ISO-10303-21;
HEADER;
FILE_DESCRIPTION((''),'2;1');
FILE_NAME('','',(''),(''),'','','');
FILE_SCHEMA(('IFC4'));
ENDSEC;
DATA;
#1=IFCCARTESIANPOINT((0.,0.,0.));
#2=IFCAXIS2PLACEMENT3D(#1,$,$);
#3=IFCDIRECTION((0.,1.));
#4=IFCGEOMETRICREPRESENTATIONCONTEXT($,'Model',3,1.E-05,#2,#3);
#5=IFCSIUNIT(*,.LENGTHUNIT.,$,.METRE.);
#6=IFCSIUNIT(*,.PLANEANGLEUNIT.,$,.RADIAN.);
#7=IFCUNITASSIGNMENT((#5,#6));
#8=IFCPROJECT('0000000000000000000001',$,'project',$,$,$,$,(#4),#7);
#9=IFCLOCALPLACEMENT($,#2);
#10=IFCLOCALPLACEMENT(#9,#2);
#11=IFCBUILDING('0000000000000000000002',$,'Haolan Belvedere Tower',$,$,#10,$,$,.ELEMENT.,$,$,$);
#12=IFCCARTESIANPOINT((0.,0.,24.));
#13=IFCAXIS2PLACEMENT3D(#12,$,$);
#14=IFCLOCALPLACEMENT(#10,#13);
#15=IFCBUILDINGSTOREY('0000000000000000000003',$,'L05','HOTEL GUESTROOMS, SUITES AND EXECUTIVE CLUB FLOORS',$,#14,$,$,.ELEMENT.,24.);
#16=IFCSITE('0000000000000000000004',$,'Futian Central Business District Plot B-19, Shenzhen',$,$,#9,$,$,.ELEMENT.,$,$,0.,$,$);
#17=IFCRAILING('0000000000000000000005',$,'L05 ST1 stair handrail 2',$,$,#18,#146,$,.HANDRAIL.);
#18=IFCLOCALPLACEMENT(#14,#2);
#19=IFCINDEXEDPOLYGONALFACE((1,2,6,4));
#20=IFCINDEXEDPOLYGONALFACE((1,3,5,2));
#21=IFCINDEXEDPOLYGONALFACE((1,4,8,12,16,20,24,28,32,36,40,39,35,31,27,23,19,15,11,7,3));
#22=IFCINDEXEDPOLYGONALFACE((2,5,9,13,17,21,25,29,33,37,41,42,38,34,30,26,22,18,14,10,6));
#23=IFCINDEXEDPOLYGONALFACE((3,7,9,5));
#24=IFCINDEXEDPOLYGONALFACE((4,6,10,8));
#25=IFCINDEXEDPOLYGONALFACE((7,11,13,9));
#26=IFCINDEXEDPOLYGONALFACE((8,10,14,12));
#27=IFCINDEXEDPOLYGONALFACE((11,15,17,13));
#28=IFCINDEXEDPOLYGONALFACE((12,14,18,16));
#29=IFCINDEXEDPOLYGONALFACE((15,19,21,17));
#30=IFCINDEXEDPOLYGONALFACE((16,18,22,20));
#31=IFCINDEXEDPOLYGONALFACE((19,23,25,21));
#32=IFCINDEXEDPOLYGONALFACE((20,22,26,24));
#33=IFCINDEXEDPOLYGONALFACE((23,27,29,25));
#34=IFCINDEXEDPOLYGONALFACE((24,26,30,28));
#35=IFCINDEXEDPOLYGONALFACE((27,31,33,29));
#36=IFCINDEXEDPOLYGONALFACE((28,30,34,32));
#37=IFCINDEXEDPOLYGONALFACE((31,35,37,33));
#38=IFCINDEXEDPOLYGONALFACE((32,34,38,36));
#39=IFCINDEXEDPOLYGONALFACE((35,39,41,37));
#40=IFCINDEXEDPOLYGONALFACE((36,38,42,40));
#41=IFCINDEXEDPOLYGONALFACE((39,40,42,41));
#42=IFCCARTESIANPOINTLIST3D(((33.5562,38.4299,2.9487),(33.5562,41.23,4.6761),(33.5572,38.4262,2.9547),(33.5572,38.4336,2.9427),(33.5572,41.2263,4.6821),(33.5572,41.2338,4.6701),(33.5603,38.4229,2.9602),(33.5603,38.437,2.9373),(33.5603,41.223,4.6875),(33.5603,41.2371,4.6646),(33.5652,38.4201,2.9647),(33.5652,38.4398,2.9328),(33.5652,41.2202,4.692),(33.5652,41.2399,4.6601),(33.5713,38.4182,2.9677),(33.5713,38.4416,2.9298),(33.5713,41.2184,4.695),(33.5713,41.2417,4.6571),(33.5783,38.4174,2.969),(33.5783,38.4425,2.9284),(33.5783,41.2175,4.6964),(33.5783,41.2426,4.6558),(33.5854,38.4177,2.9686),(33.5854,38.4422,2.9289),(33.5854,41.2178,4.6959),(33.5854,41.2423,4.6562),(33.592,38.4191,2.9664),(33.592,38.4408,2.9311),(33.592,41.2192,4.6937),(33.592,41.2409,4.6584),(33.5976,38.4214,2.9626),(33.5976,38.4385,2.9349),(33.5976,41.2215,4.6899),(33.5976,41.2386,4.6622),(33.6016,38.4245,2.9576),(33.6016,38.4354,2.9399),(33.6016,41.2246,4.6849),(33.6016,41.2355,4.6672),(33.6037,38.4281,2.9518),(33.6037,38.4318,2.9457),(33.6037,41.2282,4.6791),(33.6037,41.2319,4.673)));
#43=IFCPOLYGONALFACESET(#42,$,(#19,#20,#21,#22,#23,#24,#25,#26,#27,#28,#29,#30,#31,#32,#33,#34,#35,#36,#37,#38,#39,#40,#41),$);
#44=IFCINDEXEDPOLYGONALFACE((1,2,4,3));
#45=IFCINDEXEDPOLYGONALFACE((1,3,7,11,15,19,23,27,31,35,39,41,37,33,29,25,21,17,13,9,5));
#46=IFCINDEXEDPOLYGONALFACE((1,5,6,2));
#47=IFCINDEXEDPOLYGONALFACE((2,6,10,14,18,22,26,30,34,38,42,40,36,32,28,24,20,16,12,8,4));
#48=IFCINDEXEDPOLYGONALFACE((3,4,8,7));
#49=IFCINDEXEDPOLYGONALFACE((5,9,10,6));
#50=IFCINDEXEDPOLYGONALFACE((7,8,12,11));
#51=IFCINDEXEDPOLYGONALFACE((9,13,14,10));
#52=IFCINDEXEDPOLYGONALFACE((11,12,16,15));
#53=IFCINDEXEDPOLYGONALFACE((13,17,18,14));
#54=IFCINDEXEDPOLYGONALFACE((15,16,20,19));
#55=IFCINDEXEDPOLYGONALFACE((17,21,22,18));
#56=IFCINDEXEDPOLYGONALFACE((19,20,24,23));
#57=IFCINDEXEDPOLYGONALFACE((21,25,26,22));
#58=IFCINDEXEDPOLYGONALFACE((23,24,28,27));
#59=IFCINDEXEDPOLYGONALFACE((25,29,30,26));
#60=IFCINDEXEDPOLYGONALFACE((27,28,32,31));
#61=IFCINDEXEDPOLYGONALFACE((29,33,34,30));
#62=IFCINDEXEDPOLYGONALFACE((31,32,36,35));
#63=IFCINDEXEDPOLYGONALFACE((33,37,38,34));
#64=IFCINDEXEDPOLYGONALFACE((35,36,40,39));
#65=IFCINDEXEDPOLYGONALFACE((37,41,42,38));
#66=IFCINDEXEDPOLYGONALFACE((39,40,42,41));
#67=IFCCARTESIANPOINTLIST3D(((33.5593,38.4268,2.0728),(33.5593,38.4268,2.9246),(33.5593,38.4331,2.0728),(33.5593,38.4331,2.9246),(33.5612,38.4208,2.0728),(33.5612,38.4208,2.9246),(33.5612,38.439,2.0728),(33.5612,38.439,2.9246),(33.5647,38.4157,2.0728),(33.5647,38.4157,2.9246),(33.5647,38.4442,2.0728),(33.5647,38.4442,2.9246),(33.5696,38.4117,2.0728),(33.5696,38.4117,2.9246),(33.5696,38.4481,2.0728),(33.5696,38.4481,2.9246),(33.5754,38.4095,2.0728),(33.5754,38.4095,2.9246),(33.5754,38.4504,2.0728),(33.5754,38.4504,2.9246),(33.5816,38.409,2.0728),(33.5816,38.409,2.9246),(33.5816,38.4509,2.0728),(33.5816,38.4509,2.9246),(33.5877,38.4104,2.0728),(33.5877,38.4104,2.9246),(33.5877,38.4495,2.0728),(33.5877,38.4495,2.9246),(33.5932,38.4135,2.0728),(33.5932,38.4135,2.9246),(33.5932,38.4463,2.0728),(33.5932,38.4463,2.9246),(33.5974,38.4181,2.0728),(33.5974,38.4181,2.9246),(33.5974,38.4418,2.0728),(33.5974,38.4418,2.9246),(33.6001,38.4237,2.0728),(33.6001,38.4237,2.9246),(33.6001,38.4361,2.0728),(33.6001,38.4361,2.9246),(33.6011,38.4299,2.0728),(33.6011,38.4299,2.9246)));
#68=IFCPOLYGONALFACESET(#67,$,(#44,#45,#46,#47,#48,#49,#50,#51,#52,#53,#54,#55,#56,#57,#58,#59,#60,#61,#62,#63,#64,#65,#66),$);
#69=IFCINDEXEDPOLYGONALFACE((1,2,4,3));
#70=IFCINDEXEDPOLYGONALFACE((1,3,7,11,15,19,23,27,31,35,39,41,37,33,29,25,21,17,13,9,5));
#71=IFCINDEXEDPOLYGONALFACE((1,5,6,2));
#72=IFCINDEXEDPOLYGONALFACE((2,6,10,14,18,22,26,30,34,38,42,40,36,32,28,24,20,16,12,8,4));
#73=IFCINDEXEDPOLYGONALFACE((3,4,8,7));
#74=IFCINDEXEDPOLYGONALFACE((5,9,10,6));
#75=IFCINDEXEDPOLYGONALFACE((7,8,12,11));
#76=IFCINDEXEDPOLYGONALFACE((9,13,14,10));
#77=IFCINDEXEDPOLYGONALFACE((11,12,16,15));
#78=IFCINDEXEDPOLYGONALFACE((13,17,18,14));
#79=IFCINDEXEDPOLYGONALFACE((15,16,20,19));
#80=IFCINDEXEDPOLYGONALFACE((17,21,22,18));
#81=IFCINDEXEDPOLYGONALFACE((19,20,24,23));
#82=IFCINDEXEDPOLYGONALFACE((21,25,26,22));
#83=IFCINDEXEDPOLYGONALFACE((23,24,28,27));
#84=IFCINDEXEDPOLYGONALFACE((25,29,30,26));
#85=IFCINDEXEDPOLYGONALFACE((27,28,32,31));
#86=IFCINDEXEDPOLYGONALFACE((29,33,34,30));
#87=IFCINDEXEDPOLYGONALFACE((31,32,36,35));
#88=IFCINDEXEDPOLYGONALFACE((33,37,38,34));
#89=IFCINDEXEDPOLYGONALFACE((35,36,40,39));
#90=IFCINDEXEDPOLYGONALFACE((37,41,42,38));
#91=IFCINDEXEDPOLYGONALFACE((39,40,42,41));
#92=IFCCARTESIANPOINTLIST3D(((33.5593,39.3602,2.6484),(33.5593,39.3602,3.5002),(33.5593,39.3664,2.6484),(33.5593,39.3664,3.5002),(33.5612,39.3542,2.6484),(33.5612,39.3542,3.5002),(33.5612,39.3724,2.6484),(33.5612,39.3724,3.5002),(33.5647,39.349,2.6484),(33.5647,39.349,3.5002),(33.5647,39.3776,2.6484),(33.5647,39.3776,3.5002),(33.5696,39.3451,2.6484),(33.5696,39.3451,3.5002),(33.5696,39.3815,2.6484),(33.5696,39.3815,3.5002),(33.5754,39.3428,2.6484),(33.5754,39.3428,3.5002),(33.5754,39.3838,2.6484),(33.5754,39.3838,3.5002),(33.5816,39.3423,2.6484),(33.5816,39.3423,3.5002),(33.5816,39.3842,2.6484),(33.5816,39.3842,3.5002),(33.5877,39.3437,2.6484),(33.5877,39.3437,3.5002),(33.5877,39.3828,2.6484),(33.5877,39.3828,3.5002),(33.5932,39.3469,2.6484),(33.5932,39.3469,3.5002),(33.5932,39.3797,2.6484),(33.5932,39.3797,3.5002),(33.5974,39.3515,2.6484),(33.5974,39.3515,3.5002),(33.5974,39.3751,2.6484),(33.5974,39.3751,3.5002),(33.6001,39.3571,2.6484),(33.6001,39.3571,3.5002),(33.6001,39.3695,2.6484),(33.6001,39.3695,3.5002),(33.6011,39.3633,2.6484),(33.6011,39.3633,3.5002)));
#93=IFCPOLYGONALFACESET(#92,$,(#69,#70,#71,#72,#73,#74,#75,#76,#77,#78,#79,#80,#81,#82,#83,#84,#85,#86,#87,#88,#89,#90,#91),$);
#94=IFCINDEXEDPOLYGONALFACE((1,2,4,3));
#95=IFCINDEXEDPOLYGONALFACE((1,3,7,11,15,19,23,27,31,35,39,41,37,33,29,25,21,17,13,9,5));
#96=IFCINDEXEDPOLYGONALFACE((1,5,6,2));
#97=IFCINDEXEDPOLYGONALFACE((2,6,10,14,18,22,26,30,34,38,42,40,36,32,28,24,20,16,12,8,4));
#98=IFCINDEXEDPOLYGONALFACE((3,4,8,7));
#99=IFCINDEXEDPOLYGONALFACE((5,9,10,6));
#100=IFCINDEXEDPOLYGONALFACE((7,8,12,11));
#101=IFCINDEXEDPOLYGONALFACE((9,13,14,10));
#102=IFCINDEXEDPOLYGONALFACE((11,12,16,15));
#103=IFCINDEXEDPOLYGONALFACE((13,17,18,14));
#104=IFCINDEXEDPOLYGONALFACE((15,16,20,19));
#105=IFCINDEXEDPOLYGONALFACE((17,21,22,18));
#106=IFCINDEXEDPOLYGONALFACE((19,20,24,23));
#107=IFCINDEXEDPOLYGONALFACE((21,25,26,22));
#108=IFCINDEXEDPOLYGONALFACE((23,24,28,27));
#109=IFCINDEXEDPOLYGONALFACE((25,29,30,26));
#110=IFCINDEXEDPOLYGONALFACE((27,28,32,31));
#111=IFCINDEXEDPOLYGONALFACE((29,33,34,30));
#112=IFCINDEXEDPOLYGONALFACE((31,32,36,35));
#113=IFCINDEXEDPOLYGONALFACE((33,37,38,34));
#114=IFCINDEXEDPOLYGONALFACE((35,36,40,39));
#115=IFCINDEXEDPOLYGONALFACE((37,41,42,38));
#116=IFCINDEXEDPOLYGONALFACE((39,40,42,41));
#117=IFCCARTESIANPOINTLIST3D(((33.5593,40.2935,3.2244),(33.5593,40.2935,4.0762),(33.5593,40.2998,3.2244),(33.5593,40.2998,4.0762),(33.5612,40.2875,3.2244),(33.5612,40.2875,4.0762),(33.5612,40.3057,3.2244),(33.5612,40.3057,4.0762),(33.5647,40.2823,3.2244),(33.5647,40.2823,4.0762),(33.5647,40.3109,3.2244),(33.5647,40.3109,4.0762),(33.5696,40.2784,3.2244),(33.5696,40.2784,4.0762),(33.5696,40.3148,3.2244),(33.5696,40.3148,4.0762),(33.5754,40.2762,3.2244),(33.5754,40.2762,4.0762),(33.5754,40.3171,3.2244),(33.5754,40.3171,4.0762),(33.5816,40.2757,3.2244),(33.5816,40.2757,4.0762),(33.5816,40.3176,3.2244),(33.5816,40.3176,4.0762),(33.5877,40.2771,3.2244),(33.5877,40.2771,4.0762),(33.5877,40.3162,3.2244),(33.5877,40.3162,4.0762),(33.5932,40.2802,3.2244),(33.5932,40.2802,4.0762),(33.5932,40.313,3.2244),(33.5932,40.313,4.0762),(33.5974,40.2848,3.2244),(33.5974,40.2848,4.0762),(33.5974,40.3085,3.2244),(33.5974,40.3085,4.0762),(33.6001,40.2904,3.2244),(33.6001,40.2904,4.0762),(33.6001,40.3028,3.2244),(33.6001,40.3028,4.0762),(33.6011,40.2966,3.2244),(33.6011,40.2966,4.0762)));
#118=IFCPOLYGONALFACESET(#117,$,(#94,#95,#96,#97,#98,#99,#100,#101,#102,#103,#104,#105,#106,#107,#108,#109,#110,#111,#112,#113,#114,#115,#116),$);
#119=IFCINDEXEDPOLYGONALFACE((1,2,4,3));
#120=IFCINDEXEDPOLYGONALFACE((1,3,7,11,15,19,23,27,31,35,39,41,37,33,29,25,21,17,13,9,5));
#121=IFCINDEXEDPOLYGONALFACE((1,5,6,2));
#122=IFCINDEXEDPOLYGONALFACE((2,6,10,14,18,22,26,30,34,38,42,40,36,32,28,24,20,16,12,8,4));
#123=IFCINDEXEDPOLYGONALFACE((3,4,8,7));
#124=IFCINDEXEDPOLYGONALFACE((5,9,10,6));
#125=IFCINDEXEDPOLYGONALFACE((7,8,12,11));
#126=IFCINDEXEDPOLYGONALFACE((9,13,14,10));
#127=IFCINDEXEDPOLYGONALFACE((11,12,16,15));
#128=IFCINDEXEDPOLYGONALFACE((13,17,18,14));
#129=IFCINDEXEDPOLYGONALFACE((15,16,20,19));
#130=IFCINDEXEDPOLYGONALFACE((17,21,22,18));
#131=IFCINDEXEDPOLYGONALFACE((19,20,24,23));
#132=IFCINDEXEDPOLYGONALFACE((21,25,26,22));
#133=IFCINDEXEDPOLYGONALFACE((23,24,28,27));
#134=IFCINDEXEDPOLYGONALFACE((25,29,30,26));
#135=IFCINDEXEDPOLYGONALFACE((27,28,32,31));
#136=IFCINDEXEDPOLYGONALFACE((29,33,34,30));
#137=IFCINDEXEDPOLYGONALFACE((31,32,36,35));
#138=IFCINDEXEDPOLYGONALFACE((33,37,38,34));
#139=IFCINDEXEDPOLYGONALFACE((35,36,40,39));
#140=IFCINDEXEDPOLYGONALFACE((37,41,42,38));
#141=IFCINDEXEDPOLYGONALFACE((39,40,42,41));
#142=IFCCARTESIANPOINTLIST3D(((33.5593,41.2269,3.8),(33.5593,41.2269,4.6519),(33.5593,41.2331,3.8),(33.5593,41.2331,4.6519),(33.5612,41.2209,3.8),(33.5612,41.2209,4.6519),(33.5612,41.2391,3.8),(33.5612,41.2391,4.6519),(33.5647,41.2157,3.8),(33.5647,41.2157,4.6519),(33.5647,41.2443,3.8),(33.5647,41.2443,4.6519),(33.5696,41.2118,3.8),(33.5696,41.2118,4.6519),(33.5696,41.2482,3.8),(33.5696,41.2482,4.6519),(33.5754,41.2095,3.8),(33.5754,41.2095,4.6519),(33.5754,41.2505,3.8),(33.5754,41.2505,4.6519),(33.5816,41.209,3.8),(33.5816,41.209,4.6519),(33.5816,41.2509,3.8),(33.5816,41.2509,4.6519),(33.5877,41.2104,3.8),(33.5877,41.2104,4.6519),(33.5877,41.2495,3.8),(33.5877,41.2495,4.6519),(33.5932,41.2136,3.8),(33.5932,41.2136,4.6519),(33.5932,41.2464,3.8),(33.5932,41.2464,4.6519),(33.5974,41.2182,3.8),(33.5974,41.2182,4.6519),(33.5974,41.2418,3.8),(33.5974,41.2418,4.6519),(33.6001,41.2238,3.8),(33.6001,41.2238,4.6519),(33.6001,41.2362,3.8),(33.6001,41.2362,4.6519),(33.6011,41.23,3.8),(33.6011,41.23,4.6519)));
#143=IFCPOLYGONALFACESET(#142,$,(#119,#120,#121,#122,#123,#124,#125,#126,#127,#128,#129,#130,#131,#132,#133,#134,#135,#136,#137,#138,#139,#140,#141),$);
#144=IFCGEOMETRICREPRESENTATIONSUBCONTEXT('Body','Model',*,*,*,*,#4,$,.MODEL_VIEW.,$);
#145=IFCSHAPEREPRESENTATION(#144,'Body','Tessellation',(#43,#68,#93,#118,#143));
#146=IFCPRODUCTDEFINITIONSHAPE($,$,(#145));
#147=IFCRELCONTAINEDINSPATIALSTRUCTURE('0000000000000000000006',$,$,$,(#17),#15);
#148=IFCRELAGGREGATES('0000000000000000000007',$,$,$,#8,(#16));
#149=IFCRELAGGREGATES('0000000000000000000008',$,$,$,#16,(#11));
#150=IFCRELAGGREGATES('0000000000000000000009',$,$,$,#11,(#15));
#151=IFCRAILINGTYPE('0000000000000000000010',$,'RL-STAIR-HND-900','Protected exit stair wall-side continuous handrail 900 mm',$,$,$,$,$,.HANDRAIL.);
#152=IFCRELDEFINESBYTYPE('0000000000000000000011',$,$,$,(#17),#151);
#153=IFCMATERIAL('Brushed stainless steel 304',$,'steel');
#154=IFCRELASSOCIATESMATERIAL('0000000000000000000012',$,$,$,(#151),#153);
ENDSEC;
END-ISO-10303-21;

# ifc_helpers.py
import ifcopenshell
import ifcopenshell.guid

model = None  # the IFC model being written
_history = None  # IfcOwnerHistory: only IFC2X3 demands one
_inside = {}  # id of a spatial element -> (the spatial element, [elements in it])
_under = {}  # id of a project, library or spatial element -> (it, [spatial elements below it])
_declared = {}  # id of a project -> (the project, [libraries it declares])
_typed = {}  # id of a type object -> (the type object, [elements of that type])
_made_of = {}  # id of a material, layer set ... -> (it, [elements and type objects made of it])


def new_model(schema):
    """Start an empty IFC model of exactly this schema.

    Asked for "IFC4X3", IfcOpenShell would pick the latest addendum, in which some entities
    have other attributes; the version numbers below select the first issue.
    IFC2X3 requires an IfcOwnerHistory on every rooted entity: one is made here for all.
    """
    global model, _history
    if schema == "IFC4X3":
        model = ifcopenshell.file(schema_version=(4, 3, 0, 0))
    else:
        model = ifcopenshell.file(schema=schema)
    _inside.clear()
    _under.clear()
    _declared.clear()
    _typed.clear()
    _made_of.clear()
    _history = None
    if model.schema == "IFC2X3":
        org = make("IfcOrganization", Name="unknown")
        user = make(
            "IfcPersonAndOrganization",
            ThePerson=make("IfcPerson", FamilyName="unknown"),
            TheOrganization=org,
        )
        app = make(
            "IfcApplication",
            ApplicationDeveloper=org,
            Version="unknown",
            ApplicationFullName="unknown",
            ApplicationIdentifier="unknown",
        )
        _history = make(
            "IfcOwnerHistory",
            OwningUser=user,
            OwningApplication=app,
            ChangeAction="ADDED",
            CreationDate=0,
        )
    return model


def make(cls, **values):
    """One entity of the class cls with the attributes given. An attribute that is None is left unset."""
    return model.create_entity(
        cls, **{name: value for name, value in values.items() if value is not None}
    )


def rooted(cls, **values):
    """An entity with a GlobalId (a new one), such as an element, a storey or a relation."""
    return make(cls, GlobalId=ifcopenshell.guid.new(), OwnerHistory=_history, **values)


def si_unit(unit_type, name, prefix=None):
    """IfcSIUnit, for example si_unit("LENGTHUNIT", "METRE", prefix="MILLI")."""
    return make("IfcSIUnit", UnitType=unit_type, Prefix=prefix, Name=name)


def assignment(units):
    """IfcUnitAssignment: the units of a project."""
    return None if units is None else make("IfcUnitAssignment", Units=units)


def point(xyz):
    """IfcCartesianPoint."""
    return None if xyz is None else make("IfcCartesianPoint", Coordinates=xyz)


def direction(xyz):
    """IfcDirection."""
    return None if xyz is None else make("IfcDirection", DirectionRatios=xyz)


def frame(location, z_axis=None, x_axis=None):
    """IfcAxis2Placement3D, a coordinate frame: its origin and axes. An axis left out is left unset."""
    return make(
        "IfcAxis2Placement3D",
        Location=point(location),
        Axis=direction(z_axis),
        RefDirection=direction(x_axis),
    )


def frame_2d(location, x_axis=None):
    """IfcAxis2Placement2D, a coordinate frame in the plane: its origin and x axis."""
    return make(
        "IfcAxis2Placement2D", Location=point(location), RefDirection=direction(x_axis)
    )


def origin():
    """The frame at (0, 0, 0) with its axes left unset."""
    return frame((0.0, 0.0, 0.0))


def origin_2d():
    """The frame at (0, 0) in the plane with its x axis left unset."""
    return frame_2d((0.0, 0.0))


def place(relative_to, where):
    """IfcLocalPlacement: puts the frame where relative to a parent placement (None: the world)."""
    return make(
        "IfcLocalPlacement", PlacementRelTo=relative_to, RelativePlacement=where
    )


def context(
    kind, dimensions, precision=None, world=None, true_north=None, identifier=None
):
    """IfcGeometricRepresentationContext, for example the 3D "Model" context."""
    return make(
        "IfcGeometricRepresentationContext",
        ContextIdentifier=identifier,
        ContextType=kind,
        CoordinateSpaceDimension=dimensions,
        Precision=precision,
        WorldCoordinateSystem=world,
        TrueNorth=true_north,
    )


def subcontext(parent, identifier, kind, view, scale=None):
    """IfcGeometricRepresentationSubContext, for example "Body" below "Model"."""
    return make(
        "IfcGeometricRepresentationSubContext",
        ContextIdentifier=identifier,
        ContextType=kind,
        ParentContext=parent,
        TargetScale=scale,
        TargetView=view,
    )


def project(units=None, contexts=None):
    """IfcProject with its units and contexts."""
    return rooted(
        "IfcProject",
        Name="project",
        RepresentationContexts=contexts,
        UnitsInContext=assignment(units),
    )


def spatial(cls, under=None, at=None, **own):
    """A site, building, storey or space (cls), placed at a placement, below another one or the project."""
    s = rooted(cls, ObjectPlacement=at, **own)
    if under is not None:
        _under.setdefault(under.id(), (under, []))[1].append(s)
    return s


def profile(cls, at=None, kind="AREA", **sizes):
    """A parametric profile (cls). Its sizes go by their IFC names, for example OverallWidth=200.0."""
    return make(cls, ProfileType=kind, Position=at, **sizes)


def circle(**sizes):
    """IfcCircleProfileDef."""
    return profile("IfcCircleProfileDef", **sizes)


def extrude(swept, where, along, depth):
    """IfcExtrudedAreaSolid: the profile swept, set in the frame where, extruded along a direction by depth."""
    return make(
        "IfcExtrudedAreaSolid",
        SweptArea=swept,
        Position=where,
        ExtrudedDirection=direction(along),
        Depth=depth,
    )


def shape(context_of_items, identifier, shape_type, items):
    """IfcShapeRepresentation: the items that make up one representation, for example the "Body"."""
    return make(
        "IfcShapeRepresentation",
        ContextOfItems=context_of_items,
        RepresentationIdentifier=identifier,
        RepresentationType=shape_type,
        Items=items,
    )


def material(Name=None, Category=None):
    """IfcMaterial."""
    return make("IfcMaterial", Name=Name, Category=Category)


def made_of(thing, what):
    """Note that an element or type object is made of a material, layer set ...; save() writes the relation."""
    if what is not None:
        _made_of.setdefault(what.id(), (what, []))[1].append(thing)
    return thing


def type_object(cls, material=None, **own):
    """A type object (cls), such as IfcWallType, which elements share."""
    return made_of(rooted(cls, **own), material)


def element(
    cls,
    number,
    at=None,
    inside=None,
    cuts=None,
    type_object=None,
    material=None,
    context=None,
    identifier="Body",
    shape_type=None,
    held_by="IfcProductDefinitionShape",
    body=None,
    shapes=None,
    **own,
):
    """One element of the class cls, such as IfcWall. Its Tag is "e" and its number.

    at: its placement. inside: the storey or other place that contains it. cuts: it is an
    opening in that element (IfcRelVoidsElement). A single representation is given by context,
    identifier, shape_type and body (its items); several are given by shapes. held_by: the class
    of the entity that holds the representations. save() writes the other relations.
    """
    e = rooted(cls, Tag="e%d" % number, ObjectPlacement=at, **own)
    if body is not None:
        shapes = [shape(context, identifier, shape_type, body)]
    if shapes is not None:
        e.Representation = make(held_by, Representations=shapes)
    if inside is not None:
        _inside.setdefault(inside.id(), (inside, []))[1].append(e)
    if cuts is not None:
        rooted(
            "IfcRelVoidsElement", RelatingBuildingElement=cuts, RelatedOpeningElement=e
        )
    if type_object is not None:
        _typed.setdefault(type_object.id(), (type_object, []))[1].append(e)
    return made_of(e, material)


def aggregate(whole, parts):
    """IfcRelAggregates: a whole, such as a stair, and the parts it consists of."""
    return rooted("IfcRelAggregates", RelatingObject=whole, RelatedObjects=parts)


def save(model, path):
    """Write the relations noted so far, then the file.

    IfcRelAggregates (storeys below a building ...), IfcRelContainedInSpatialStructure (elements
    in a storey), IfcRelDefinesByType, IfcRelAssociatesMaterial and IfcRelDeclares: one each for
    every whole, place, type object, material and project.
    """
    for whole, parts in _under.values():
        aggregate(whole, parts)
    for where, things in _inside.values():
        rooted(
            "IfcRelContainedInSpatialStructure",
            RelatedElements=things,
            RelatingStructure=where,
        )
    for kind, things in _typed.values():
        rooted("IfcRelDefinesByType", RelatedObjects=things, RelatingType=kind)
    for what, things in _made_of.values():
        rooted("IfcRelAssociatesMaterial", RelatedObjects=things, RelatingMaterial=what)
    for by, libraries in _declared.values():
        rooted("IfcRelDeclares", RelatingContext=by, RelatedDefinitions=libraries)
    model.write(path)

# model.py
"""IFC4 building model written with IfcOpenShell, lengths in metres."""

from ifc_helpers import new_model, si_unit, direction, frame, origin, origin_2d, place, context, subcontext, project, spatial, circle, extrude, material, type_object, element, save


model = new_model("IFC4")

# Units and contexts
model_context = context("Model", 3, precision=1e-05, world=origin(), true_north=direction((0.0, 1.0)))
body_context = subcontext(model_context, "Body", "Model", "MODEL_VIEW")
ifc_project = project(units=[si_unit("LENGTHUNIT", "METRE"), si_unit("PLANEANGLEUNIT", "RADIAN")], contexts=[model_context])

# Site, building, storey
site_placement = place(None, origin())
site = spatial("IfcSite", under=ifc_project, at=site_placement, Name="Futian Central Business District Plot B-19, Shenzhen", CompositionType="ELEMENT", RefElevation=0.0)
building_placement = place(site_placement, origin())
building = spatial("IfcBuilding", under=site, at=building_placement, Name="Haolan Belvedere Tower", CompositionType="ELEMENT")
storey_placement = place(building_placement, frame((0.0, 0.0, 24.0)))
storey = spatial("IfcBuildingStorey", under=building, at=storey_placement, Name="L05", Description="HOTEL GUESTROOMS, SUITES AND EXECUTIVE CLUB FLOORS", CompositionType="ELEMENT", Elevation=24.0)

# Railing
ifc_material_1 = material(Name="Brushed stainless steel 304", Category="steel")
railing_type_1 = type_object("IfcRailingType", Name="RL-STAIR-HND-900", Description="Protected exit stair wall-side continuous handrail 900 mm", PredefinedType="HANDRAIL", material=ifc_material_1)
railing_1_placement = place(storey_placement, frame((33.5801, 38.4299, 2.0728)))
element("IfcRailing", 1, at=railing_1_placement, inside=storey, type_object=railing_type_1, Name="L05 ST1 stair handrail 2", PredefinedType="HANDRAIL", context=body_context, shape_type="SweptSolid", body=[
    extrude(circle(Radius=0.0239, at=origin_2d()), frame((0.0, 0.0, 0.876), z_axis=(0.0, 0.85109, 0.52502), x_axis=(-1.0, 0.0, 0.0)), (0.0, 0.0, 1.0), 3.29),
    extrude(circle(Radius=0.021, at=origin_2d()), origin(), (0.0, 0.0, 1.0), 0.8518),
    extrude(circle(Radius=0.021, at=origin_2d()), frame((0.0, 0.9333, 0.5757)), (0.0, 0.0, 1.0), 0.8518),
    extrude(circle(Radius=0.021, at=origin_2d()), frame((0.0, 1.8667, 1.1516)), (0.0, 0.0, 1.0), 0.8518),
    extrude(circle(Radius=0.021, at=origin_2d()), frame((0.0, 2.8, 1.7273)), (0.0, 0.0, 1.0), 0.8518),
])

save(model, "model.ifc")
